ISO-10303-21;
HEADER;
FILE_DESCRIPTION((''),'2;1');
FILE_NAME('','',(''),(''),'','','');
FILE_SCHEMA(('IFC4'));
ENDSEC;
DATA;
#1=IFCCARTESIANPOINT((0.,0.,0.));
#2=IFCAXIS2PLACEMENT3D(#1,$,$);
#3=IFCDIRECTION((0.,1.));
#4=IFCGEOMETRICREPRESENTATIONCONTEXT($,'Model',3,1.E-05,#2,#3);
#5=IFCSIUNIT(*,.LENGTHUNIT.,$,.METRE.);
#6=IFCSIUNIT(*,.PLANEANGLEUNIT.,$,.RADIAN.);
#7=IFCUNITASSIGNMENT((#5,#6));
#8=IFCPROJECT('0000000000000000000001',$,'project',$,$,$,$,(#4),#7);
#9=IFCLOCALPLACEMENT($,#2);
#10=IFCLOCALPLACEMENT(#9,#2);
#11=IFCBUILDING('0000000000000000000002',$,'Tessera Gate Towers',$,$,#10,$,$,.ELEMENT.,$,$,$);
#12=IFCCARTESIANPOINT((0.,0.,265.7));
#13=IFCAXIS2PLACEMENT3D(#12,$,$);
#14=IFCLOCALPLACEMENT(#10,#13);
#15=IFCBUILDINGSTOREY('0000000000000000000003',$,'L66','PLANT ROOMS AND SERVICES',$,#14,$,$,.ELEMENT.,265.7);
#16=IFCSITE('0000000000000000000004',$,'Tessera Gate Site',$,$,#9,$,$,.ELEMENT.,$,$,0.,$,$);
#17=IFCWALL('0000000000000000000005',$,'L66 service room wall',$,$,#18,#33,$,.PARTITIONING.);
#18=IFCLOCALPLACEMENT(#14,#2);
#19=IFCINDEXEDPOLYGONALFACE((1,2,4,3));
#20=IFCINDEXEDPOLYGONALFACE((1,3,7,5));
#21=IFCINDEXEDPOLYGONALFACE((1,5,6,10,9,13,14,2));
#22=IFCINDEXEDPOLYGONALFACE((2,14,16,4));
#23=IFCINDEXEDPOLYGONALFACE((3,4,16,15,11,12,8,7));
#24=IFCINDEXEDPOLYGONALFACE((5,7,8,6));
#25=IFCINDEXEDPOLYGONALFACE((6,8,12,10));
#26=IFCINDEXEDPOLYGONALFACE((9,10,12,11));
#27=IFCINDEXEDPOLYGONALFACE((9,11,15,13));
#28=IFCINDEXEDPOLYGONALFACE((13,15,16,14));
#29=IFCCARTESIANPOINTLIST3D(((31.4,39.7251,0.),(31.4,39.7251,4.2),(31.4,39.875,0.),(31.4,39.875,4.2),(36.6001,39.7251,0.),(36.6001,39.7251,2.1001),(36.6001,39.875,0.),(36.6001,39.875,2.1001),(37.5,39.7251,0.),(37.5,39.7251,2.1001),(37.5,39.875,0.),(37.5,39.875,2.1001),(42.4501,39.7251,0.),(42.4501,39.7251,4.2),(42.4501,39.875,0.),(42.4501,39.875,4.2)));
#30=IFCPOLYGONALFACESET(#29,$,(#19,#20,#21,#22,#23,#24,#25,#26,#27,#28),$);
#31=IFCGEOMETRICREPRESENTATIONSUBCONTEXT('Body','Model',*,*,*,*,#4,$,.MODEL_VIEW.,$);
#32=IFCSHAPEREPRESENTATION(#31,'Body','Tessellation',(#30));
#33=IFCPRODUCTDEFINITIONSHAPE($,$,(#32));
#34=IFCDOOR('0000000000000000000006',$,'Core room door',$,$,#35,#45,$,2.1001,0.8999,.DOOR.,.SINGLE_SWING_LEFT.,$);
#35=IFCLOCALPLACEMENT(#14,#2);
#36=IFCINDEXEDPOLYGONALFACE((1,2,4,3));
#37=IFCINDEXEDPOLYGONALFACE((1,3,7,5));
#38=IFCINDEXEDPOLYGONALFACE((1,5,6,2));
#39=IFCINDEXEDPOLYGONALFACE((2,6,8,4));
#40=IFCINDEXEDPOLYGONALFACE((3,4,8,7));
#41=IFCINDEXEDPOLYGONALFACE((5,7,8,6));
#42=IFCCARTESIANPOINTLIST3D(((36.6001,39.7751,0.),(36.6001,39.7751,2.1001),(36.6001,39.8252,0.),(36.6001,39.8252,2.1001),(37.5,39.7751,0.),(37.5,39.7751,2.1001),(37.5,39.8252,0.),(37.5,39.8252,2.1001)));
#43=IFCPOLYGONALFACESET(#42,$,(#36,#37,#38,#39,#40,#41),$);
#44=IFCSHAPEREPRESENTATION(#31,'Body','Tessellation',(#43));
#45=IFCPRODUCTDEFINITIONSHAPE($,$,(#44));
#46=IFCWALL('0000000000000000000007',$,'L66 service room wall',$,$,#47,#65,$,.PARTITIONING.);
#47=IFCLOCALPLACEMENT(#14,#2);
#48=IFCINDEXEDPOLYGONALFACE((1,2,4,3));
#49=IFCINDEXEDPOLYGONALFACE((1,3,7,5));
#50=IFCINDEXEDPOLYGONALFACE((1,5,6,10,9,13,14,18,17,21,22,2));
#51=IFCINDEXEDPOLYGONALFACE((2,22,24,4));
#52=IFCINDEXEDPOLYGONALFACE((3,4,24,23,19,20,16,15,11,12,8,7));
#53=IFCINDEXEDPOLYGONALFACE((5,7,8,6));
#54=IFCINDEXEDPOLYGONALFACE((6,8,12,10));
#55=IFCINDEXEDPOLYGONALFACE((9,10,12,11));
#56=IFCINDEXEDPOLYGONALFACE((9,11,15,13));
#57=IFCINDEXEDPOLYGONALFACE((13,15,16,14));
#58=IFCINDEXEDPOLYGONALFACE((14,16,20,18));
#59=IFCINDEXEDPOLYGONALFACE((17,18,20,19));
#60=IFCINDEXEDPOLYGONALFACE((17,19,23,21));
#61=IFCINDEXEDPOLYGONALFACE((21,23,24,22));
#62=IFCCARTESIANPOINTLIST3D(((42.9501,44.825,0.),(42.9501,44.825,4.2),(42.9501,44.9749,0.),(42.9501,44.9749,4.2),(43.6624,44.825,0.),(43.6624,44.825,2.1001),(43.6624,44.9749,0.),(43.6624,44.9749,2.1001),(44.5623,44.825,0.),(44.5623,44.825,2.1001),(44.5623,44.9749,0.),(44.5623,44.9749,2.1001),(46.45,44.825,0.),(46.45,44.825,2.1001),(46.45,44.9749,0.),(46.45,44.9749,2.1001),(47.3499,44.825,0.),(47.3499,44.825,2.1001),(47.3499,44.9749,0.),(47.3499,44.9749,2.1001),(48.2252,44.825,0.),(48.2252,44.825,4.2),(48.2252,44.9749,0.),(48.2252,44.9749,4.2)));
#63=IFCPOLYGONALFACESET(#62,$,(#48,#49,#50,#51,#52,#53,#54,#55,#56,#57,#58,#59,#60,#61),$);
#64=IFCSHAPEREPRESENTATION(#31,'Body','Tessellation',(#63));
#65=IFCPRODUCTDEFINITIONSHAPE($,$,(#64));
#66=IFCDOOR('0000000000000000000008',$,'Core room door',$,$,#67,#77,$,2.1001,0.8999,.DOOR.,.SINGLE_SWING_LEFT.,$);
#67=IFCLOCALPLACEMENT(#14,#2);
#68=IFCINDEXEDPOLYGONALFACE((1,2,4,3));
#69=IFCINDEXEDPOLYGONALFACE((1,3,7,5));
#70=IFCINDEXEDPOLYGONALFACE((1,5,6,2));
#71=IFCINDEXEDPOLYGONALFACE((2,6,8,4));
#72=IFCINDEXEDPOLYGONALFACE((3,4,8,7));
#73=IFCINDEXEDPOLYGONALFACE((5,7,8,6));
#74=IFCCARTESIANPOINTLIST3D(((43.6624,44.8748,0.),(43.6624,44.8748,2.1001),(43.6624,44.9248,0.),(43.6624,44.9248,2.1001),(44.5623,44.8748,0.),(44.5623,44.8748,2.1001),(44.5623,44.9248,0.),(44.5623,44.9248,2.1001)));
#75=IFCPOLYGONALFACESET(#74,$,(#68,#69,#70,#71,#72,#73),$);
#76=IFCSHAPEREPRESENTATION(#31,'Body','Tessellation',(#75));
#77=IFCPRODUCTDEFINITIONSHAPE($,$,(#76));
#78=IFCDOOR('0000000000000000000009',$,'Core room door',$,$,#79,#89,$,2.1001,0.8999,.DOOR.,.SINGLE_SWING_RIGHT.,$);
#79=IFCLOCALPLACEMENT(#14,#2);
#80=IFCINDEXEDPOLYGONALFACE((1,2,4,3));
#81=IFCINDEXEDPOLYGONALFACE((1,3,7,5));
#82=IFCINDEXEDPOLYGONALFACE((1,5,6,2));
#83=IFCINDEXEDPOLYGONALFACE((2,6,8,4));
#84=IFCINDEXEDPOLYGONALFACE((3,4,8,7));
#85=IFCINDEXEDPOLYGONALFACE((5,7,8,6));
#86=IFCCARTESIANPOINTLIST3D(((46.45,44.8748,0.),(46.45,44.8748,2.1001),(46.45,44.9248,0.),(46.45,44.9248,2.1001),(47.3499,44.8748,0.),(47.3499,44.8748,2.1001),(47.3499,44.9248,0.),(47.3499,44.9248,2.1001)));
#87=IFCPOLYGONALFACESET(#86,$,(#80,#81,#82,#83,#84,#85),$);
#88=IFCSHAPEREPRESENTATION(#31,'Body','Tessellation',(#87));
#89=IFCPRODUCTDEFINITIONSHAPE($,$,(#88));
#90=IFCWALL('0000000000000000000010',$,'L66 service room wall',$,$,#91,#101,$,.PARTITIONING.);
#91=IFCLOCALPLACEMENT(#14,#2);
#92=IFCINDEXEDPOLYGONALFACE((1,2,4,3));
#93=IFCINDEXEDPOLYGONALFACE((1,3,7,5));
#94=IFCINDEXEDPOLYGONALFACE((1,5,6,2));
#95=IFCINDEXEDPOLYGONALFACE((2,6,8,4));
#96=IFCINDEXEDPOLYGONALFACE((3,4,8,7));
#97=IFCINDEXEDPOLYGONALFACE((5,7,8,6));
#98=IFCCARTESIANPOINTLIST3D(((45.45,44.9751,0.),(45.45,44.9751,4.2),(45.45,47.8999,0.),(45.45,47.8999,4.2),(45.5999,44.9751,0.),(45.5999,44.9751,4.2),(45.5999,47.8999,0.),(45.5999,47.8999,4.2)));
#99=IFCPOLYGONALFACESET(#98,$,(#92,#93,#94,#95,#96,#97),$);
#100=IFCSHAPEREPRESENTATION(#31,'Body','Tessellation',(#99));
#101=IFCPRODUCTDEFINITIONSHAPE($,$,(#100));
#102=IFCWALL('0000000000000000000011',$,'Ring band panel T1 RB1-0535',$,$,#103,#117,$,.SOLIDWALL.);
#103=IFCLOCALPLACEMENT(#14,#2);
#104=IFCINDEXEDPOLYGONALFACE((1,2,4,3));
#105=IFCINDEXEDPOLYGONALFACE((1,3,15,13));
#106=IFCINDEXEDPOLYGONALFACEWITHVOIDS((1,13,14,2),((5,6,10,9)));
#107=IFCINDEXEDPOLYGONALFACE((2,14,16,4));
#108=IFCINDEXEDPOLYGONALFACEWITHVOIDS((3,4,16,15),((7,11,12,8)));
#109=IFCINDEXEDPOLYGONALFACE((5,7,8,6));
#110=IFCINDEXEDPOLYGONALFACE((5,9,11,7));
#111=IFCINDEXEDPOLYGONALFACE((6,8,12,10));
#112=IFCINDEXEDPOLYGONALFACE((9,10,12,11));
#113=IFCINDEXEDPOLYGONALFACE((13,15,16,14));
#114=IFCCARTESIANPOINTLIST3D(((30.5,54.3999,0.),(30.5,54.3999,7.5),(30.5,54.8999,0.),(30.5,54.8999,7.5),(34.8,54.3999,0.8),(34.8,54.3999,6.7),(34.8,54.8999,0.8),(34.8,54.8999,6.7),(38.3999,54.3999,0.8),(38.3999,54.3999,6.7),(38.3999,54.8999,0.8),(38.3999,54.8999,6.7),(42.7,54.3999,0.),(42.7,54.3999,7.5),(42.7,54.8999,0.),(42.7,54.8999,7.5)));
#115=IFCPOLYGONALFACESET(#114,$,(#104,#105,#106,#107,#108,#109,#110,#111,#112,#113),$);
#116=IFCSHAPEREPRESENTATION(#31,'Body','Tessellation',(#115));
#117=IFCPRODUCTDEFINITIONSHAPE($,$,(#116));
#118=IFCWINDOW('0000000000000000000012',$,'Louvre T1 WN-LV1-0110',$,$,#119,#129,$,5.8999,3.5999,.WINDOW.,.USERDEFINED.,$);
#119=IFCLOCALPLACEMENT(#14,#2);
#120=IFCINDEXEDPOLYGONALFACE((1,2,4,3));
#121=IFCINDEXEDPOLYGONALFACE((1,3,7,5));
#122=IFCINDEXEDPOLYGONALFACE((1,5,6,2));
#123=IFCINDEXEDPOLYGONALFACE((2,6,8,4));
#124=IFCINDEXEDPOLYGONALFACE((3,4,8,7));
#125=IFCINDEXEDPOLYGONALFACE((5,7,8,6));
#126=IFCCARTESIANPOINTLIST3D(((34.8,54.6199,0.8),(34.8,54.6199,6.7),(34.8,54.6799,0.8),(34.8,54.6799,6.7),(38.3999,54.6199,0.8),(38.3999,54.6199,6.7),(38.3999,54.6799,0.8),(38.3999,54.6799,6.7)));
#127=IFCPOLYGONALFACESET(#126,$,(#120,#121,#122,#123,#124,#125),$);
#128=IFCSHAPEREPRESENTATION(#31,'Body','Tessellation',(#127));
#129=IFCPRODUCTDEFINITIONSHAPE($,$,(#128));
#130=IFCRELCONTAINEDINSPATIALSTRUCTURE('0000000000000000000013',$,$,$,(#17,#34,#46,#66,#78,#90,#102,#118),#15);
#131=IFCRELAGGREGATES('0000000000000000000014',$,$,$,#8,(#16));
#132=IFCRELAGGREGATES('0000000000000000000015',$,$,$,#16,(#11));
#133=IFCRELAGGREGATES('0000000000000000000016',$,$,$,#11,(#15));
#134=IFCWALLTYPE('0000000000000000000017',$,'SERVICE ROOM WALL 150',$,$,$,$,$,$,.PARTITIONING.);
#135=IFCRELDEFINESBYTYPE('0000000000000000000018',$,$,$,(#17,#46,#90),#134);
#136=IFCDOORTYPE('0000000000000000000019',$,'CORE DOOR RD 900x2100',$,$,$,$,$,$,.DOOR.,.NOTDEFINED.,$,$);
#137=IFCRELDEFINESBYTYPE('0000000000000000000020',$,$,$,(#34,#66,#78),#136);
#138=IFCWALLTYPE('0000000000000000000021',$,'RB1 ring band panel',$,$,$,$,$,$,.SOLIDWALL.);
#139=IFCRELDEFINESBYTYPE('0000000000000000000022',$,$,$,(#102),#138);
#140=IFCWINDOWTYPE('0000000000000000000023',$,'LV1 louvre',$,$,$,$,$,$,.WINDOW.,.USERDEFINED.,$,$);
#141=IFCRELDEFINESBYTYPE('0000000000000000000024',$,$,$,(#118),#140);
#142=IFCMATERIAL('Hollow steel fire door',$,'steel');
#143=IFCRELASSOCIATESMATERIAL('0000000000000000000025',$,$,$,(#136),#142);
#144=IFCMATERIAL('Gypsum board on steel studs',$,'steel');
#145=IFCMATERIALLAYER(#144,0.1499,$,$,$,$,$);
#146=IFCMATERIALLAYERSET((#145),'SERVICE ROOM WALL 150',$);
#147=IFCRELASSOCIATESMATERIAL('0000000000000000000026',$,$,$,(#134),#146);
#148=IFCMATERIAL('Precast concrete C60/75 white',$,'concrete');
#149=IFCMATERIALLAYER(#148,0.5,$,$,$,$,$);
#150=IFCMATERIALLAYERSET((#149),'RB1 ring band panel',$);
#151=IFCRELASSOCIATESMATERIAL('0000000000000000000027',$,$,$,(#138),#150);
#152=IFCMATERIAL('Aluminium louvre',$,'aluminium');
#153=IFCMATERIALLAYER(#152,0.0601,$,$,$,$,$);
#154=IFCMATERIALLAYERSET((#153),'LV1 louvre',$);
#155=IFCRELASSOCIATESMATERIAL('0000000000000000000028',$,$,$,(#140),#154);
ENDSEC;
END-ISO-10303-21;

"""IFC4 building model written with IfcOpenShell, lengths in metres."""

from ifc_helpers import new_model, si_unit, direction, frame, frame_2d, origin, place, context, subcontext, project, spatial, polyline, rectangle, outline, extrude, source, transform, mapped, material, layer, layer_set, type_object, element, fill, save


model = new_model("IFC4")

# Units and contexts
model_context = context("Model", 3, precision=1e-05, world=origin(), true_north=direction((0.0, 1.0)))
body_context = subcontext(model_context, "Body", "Model", "MODEL_VIEW")
ifc_project = project(units=[si_unit("LENGTHUNIT", "METRE"), si_unit("PLANEANGLEUNIT", "RADIAN")], contexts=[model_context])

# Site, building, storey
site_placement = place(None, origin())
site = spatial("IfcSite", under=ifc_project, at=site_placement, Name="Tessera Gate Site", CompositionType="ELEMENT", RefElevation=0.0)
building_placement = place(site_placement, origin())
building = spatial("IfcBuilding", under=site, at=building_placement, Name="Tessera Gate Towers", CompositionType="ELEMENT")
storey_placement = place(building_placement, frame((0.0, 0.0, 265.7)))
storey = spatial("IfcBuildingStorey", under=building, at=storey_placement, Name="L66", Description="PLANT ROOMS AND SERVICES", CompositionType="ELEMENT", Elevation=265.7)

# Shared definitions
ifc_material_1 = material(Name="Hollow steel fire door", Category="steel")
door_type = type_object("IfcDoorType", Name="CORE DOOR RD 900x2100", OperationType="NOTDEFINED", PredefinedType="DOOR", material=ifc_material_1)
shared_shape_1 = source(origin(), body_context, "Body", "SweptSolid", [
    extrude(rectangle(XDim=0.8999, YDim=2.1001, at=frame_2d((0.45, 1.05))), frame((0.0, 0.0249, 0.0), z_axis=(0.0, -1.0, 0.0), x_axis=(1.0, 0.0, 0.0)), (0.0, 0.0, 1.0), 0.05),
])

# Wall, opening, door
ifc_material_2 = material(Name="Gypsum board on steel studs", Category="steel")
ifc_layer_1 = layer(ifc_material_2, 0.1499)
ifc_layer_set_1 = layer_set([ifc_layer_1], Name="SERVICE ROOM WALL 150")
wall_type_1 = type_object("IfcWallType", Name="SERVICE ROOM WALL 150", PredefinedType="PARTITIONING", material=ifc_layer_set_1)
wall_1_placement = place(storey_placement, frame((42.45, 39.8, 0.0), z_axis=(0.0, 0.0, 1.0), x_axis=(-1.0, 0.0, 0.0)))
wall_1 = element("IfcWall", 1, at=wall_1_placement, inside=storey, type_object=wall_type_1, Name="L66 service room wall", PredefinedType="PARTITIONING", context=body_context, shape_type="SweptSolid", body=[
    extrude(rectangle(XDim=11.05, YDim=0.1499, at=frame_2d((5.5249, 0.0))), origin(), (0.0, 0.0, 1.0), 4.2),
])
shared_shape_2 = source(origin(), body_context, "Body", "SweptSolid", [
    extrude(rectangle(XDim=0.8999, YDim=2.1001, at=frame_2d((0.45, 1.05))), frame((0.0, 0.085, 0.0), z_axis=(0.0, -1.0, 0.0), x_axis=(1.0, 0.0, 0.0)), (0.0, 0.0, 1.0), 0.1699),
])
opening_1_placement = place(wall_1_placement, frame((4.95, 0.0, 0.0)))
opening_1 = element("IfcOpeningElement", 2, at=opening_1_placement, cuts=wall_1, PredefinedType="OPENING", context=body_context, shape_type="MappedRepresentation", body=[
    mapped(shared_shape_2, transform((0.0, 0.0, 0.0), scale=1.0)),
])
door_1_placement = place(opening_1_placement, origin())
door_1 = element("IfcDoor", 3, at=door_1_placement, inside=storey, type_object=door_type, Name="Core room door", OperationType="SINGLE_SWING_LEFT", OverallHeight=2.1001, OverallWidth=0.8999, PredefinedType="DOOR", context=body_context, shape_type="MappedRepresentation", body=[
    mapped(shared_shape_1, transform((0.0, 0.0, 0.0), scale=1.0)),
])
fill(opening_1, door_1)

# Wall, openings, doors
wall_2_placement = place(storey_placement, frame((42.95, 44.8999, 0.0), z_axis=(0.0, 0.0, 1.0), x_axis=(1.0, 0.0, 0.0)))
wall_2 = element("IfcWall", 4, at=wall_2_placement, inside=storey, type_object=wall_type_1, Name="L66 service room wall", PredefinedType="PARTITIONING", context=body_context, shape_type="SweptSolid", body=[
    extrude(rectangle(XDim=5.2751, YDim=0.1499, at=frame_2d((2.6377, 0.0))), origin(), (0.0, 0.0, 1.0), 4.2),
])
opening_2_placement = place(wall_2_placement, frame((0.7124, 0.0, 0.0)))
opening_2 = element("IfcOpeningElement", 5, at=opening_2_placement, cuts=wall_2, PredefinedType="OPENING", context=body_context, shape_type="MappedRepresentation", body=[
    mapped(shared_shape_2, transform((0.0, 0.0, 0.0), scale=1.0)),
])
opening_3_placement = place(wall_2_placement, frame((3.5, 0.0, 0.0)))
opening_3 = element("IfcOpeningElement", 6, at=opening_3_placement, cuts=wall_2, PredefinedType="OPENING", context=body_context, shape_type="MappedRepresentation", body=[
    mapped(shared_shape_2, transform((0.0, 0.0, 0.0), scale=1.0)),
])
door_2_placement = place(opening_2_placement, origin())
door_2 = element("IfcDoor", 7, at=door_2_placement, inside=storey, type_object=door_type, Name="Core room door", OperationType="SINGLE_SWING_LEFT", OverallHeight=2.1001, OverallWidth=0.8999, PredefinedType="DOOR", context=body_context, shape_type="MappedRepresentation", body=[
    mapped(shared_shape_1, transform((0.0, 0.0, 0.0), scale=1.0)),
])
fill(opening_2, door_2)
door_3_placement = place(opening_3_placement, origin())
door_3 = element("IfcDoor", 8, at=door_3_placement, inside=storey, type_object=door_type, Name="Core room door", OperationType="SINGLE_SWING_RIGHT", OverallHeight=2.1001, OverallWidth=0.8999, PredefinedType="DOOR", context=body_context, shape_type="MappedRepresentation", body=[
    mapped(shared_shape_1, transform((0.0, 0.0, 0.0), scale=1.0)),
])
fill(opening_3, door_3)

# Wall
wall_3_placement = place(storey_placement, frame((45.5249, 44.9751, 0.0), z_axis=(0.0, 0.0, 1.0), x_axis=(0.0, 1.0, 0.0)))
element("IfcWall", 9, at=wall_3_placement, inside=storey, type_object=wall_type_1, Name="L66 service room wall", PredefinedType="PARTITIONING", context=body_context, shape_type="SweptSolid", body=[
    extrude(rectangle(XDim=2.9248, YDim=0.1499, at=frame_2d((1.4624, 0.0))), origin(), (0.0, 0.0, 1.0), 4.2),
])

# Wall, opening, window
ifc_material_3 = material(Name="Precast concrete C60/75 white", Category="concrete")
ifc_layer_2 = layer(ifc_material_3, 0.5)
ifc_layer_set_2 = layer_set([ifc_layer_2], Name="RB1 ring band panel")
wall_type_2 = type_object("IfcWallType", Name="RB1 ring band panel", PredefinedType="SOLIDWALL", material=ifc_layer_set_2)
shared_shape_3 = source(origin(), body_context, "Body", "SweptSolid", [
    extrude(outline(polyline([(0.0, 0.0), (12.2, 0.0), (12.2, 7.5), (0.0, 7.5), (0.0, 0.0)])), frame((0.0, 0.25, 0.0), z_axis=(0.0, -1.0, 0.0), x_axis=(1.0, 0.0, 0.0)), (0.0, 0.0, 1.0), 0.5),
])
wall_4_placement = place(storey_placement, frame((42.7, 54.6499, 0.0), z_axis=(0.0, 0.0, 1.0), x_axis=(-1.0, 0.0, 0.0)))
wall_4 = element("IfcWall", 10, at=wall_4_placement, inside=storey, type_object=wall_type_2, Name="Ring band panel T1 RB1-0535", PredefinedType="SOLIDWALL", context=body_context, shape_type="MappedRepresentation", body=[
    mapped(shared_shape_3, transform((0.0, 0.0, 0.0), scale=1.0)),
])
shared_shape_4 = source(origin(), body_context, "Body", "SweptSolid", [
    extrude(outline(polyline([(4.3, 0.8), (7.8999, 0.8), (7.8999, 6.7), (4.3, 6.7), (4.3, 0.8)])), frame((0.0, 0.26, 0.0), z_axis=(0.0, -1.0, 0.0), x_axis=(1.0, 0.0, 0.0)), (0.0, 0.0, 1.0), 0.52),
])
opening_4_placement = place(wall_4_placement, origin())
opening_4 = element("IfcOpeningElement", 11, at=opening_4_placement, cuts=wall_4, PredefinedType="OPENING", context=body_context, shape_type="MappedRepresentation", body=[
    mapped(shared_shape_4, transform((0.0, 0.0, 0.0), scale=1.0)),
])
ifc_material_4 = material(Name="Aluminium louvre", Category="aluminium")
ifc_layer_3 = layer(ifc_material_4, 0.0601)
ifc_layer_set_3 = layer_set([ifc_layer_3], Name="LV1 louvre")
window_type = type_object("IfcWindowType", Name="LV1 louvre", PartitioningType="USERDEFINED", PredefinedType="WINDOW", material=ifc_layer_set_3)
shared_shape_5 = source(origin(), body_context, "Body", "SweptSolid", [
    extrude(outline(polyline([(4.3, 0.8), (7.8999, 0.8), (7.8999, 6.7), (4.3, 6.7), (4.3, 0.8)])), frame((0.0, 0.03, 0.0), z_axis=(0.0, -1.0, 0.0), x_axis=(1.0, 0.0, 0.0)), (0.0, 0.0, 1.0), 0.0601),
])
window_placement = place(opening_4_placement, origin())
window = element("IfcWindow", 12, at=window_placement, inside=storey, type_object=window_type, Name="Louvre T1 WN-LV1-0110", OverallHeight=5.8999, OverallWidth=3.5999, PartitioningType="USERDEFINED", PredefinedType="WINDOW", context=body_context, shape_type="MappedRepresentation", body=[
    mapped(shared_shape_5, transform((0.0, 0.0, 0.0), scale=1.0)),
])
fill(opening_4, window)

save(model, "model.ifc")
